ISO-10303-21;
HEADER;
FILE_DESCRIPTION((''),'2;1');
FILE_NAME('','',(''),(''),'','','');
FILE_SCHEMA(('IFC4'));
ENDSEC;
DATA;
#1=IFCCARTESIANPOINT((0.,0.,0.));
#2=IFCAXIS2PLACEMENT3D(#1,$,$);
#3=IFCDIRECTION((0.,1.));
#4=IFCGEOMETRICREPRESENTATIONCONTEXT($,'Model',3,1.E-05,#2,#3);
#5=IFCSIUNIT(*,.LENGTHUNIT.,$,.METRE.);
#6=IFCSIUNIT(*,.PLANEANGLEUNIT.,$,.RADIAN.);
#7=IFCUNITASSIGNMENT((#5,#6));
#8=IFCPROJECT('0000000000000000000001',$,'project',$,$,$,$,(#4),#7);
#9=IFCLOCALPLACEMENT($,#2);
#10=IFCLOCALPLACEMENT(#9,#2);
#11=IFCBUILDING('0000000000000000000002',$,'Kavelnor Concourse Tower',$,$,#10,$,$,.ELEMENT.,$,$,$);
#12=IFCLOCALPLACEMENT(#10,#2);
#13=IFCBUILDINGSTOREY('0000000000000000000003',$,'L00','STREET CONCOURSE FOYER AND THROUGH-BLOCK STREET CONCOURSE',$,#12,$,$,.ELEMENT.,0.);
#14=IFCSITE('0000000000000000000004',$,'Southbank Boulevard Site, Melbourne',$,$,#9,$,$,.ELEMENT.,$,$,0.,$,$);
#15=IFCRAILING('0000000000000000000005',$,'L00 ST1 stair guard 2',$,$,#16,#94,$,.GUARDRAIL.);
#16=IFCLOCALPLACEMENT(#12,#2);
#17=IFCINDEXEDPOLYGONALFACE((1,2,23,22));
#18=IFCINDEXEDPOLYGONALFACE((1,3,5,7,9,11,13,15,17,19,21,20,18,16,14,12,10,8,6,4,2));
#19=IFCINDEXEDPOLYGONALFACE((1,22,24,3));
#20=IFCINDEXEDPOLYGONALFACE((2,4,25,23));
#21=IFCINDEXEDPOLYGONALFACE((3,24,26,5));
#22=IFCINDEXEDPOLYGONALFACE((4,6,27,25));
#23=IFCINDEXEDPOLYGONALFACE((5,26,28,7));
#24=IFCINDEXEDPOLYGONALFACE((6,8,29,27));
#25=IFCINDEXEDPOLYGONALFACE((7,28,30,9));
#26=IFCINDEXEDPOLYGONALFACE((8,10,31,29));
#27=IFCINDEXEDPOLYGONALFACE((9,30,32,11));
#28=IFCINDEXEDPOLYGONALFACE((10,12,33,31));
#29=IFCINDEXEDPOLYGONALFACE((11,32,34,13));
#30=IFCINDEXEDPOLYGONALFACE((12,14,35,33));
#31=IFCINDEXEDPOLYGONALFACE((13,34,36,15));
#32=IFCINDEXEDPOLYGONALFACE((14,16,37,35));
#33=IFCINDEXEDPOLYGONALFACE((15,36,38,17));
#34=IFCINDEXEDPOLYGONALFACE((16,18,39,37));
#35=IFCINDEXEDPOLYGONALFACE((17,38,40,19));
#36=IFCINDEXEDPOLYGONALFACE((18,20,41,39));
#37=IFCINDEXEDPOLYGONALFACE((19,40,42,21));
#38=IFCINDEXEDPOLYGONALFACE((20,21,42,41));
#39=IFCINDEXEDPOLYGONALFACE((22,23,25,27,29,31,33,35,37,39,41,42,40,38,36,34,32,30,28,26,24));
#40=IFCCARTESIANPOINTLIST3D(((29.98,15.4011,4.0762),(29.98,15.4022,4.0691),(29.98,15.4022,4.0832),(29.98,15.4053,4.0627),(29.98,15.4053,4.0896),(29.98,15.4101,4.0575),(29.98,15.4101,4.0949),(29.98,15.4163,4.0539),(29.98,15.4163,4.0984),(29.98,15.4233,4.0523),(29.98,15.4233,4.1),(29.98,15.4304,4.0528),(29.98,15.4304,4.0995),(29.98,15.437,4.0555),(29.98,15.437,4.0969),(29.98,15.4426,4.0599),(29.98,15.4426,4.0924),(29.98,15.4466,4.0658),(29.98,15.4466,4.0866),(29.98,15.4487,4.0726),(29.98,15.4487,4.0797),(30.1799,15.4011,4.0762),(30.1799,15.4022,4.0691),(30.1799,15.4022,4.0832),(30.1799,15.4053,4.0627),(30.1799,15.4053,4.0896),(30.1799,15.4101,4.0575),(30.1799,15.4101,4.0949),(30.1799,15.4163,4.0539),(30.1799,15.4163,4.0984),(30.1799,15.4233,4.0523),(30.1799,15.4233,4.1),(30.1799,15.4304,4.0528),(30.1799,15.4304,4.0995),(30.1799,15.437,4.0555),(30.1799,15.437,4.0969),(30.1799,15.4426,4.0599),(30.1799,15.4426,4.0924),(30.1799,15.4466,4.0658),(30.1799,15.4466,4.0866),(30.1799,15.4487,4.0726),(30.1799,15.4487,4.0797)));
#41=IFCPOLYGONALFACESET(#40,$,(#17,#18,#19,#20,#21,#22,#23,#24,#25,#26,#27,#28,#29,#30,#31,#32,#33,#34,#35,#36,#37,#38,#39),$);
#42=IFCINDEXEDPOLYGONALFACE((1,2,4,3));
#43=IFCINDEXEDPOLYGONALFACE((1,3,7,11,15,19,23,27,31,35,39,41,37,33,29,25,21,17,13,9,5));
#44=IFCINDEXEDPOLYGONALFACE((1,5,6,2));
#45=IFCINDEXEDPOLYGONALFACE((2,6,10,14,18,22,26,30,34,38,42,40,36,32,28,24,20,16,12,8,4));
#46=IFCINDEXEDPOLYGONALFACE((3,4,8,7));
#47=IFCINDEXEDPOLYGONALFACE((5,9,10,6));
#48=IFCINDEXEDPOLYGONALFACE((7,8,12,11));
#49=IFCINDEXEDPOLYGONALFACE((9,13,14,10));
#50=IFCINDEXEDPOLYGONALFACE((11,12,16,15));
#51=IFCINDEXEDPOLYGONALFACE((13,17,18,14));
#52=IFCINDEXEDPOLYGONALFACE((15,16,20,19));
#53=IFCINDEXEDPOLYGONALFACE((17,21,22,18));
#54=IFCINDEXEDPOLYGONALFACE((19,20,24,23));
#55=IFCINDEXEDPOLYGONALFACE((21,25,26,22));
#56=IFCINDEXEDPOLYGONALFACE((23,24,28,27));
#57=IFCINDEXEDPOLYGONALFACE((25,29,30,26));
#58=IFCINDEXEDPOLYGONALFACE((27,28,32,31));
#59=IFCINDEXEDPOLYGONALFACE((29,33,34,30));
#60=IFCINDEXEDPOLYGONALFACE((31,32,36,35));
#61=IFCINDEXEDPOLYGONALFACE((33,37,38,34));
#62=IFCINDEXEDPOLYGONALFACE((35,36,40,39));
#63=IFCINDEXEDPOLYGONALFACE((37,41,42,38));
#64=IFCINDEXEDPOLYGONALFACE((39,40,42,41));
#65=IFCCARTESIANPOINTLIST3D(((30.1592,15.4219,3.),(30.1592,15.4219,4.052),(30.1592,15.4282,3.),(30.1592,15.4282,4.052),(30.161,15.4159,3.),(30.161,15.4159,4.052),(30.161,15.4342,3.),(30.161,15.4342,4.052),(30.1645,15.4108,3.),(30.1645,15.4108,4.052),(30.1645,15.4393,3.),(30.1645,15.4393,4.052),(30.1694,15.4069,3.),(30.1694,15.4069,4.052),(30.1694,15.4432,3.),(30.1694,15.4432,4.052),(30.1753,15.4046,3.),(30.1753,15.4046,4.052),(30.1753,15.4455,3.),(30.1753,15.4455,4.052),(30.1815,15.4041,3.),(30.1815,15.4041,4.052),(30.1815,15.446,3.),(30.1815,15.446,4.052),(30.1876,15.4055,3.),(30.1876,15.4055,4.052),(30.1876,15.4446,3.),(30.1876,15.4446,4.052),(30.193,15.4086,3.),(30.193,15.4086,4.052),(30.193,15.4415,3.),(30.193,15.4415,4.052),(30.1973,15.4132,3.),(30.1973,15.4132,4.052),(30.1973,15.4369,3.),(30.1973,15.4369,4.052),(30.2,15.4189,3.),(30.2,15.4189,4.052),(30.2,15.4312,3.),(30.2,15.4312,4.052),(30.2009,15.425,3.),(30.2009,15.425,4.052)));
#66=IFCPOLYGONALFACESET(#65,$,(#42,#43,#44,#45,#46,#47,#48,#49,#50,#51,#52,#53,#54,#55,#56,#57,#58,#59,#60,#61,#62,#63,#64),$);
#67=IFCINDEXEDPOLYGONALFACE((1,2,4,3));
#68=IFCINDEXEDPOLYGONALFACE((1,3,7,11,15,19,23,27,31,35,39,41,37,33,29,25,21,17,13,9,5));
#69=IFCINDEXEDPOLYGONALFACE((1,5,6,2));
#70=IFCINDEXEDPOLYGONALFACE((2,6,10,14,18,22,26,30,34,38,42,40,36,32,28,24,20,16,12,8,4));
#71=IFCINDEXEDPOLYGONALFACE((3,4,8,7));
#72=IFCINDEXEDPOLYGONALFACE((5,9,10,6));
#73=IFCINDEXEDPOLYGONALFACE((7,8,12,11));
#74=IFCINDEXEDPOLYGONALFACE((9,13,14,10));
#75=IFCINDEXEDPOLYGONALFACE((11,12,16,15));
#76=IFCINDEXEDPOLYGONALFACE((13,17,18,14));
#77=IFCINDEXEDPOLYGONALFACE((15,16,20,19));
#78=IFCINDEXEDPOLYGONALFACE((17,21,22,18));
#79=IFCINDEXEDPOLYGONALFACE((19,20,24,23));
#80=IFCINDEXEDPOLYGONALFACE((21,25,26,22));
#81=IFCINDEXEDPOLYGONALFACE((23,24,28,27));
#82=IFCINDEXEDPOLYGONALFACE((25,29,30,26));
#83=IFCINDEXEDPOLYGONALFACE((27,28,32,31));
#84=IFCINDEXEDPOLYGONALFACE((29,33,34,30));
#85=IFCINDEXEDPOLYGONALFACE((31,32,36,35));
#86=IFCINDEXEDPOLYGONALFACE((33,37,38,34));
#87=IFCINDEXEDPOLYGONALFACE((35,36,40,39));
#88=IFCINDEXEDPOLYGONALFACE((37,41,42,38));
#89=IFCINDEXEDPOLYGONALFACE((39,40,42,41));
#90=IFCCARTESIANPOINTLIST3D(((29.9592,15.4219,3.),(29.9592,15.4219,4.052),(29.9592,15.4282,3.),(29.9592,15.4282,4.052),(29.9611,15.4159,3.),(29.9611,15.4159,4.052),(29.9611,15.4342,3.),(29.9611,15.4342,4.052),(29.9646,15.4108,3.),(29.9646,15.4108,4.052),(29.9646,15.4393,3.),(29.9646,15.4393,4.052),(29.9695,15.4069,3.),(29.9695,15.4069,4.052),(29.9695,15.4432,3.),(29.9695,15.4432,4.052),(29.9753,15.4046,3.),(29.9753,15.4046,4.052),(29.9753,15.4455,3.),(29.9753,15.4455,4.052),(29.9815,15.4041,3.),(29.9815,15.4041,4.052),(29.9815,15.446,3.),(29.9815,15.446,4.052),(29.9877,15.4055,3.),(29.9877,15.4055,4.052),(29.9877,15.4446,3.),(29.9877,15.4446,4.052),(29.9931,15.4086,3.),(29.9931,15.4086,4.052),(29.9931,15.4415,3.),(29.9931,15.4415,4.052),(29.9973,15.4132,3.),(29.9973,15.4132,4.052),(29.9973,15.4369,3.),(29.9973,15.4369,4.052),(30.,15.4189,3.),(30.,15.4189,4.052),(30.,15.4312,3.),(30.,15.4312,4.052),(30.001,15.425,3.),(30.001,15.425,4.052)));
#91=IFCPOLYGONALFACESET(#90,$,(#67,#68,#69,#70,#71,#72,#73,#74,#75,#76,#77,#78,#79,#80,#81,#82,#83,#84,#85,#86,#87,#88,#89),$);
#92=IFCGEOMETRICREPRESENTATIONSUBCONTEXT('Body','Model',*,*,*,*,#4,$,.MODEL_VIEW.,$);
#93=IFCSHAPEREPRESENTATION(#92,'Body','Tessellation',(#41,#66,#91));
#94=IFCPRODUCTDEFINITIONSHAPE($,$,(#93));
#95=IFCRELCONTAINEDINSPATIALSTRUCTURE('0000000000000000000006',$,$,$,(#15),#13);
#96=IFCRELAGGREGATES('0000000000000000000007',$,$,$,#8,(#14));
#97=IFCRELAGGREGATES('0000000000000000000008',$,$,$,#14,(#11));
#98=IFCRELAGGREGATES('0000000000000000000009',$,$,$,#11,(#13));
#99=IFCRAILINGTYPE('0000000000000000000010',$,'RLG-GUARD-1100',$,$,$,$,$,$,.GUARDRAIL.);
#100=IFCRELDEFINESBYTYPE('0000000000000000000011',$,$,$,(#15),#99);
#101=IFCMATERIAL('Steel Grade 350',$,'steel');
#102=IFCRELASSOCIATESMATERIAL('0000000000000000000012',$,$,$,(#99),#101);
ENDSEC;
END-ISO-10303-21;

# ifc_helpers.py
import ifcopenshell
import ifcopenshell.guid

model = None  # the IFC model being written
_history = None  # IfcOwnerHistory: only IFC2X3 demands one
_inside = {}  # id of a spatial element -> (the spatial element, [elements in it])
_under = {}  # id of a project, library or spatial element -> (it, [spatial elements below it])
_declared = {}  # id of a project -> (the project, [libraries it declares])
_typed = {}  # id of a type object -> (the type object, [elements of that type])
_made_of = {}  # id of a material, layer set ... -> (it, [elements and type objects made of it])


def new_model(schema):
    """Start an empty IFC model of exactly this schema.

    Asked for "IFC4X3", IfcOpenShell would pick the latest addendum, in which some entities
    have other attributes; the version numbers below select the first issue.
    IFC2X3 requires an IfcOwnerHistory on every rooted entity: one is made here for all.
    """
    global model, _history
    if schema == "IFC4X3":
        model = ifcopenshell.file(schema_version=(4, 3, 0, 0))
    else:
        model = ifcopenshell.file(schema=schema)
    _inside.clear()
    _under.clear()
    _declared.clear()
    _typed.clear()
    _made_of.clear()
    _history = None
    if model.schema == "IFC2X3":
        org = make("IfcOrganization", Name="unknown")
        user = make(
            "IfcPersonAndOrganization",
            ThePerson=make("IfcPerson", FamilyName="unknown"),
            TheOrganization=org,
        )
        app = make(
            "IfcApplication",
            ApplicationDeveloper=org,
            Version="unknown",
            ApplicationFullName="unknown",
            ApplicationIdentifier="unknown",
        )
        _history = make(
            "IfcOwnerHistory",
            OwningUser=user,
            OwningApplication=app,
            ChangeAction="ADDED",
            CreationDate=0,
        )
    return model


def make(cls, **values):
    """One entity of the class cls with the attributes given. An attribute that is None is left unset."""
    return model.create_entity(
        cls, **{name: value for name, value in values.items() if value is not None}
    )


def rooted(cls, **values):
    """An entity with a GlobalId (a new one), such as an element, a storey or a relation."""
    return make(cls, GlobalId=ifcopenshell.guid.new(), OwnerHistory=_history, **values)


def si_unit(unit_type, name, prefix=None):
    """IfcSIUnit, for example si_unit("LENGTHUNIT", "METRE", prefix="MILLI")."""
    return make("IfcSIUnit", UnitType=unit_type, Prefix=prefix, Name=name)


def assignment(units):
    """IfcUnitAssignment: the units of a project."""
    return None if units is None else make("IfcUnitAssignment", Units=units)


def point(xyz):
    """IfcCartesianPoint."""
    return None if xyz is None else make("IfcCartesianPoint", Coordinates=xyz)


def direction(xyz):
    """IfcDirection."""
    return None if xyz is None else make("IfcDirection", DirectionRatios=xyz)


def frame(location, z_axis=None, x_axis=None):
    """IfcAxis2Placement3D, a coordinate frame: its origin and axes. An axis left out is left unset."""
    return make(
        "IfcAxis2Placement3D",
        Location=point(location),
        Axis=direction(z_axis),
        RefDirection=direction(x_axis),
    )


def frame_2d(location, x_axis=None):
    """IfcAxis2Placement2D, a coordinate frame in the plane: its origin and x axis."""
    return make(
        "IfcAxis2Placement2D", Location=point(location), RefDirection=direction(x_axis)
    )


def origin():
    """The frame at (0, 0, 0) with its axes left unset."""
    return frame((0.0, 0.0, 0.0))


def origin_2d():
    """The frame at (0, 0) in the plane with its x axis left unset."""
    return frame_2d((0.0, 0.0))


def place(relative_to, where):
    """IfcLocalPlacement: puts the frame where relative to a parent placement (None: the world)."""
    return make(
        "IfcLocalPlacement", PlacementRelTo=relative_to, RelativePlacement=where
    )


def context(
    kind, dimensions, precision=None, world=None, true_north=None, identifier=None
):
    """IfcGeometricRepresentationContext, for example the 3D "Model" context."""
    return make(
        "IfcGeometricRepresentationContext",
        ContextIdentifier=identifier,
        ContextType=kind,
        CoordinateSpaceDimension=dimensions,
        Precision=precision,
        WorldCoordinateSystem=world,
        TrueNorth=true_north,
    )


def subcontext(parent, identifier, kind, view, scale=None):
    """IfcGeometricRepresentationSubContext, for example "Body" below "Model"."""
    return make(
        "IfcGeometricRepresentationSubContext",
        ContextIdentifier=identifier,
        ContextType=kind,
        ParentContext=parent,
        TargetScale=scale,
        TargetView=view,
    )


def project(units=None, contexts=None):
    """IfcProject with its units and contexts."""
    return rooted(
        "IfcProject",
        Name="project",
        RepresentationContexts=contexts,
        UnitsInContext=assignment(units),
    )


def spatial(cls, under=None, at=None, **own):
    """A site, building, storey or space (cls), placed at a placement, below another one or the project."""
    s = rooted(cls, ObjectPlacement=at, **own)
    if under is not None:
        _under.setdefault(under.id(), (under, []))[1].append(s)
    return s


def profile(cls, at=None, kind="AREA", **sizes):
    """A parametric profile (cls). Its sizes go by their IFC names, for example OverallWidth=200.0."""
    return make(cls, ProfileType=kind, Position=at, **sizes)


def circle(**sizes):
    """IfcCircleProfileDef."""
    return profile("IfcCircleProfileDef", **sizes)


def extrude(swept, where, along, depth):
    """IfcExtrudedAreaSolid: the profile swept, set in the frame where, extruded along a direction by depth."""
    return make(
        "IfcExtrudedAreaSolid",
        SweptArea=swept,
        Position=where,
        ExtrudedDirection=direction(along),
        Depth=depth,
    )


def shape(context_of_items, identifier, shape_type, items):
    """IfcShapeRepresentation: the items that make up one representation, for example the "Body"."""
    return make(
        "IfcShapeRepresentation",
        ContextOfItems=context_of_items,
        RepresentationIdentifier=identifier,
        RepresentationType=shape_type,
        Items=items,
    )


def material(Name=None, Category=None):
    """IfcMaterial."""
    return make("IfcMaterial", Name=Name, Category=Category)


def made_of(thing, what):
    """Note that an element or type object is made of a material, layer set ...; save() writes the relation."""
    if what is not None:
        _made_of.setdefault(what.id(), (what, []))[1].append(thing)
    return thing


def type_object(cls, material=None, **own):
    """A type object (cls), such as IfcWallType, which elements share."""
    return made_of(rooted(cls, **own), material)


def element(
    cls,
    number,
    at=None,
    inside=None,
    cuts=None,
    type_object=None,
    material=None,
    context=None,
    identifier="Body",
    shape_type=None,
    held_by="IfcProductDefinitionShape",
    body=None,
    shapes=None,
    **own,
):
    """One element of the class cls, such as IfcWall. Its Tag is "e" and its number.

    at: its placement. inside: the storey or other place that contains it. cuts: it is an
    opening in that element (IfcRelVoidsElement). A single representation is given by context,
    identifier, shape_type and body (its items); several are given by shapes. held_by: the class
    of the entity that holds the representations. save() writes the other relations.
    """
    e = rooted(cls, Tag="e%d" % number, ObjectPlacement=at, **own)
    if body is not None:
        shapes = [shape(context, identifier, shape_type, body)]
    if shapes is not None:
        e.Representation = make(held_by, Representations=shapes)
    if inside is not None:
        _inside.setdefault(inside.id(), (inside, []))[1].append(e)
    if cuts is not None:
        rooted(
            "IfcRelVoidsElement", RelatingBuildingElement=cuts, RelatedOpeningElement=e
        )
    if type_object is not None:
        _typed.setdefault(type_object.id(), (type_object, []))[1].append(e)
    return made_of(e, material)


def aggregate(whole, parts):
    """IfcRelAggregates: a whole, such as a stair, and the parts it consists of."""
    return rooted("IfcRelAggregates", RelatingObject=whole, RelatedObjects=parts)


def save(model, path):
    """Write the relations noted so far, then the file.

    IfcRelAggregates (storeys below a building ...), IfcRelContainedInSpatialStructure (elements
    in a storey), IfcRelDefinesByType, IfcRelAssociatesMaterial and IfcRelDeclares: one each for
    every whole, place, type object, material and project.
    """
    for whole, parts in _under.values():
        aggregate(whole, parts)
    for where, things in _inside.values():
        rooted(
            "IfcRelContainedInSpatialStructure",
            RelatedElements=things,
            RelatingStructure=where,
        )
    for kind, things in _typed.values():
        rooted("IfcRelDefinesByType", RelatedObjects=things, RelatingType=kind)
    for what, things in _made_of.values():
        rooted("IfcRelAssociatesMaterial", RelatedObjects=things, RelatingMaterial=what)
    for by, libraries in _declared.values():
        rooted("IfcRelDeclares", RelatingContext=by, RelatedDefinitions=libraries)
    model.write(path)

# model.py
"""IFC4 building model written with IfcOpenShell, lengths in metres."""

from ifc_helpers import new_model, si_unit, direction, frame, origin, origin_2d, place, context, subcontext, project, spatial, circle, extrude, material, type_object, element, save


model = new_model("IFC4")

# Units and contexts
model_context = context("Model", 3, precision=1e-05, world=origin(), true_north=direction((0.0, 1.0)))
body_context = subcontext(model_context, "Body", "Model", "MODEL_VIEW")
ifc_project = project(units=[si_unit("LENGTHUNIT", "METRE"), si_unit("PLANEANGLEUNIT", "RADIAN")], contexts=[model_context])

# Site, building, storey
site_placement = place(None, origin())
site = spatial("IfcSite", under=ifc_project, at=site_placement, Name="Southbank Boulevard Site, Melbourne", CompositionType="ELEMENT", RefElevation=0.0)
building_placement = place(site_placement, origin())
building = spatial("IfcBuilding", under=site, at=building_placement, Name="Kavelnor Concourse Tower", CompositionType="ELEMENT")
storey_placement = place(building_placement, origin())
storey = spatial("IfcBuildingStorey", under=building, at=storey_placement, Name="L00", Description="STREET CONCOURSE FOYER AND THROUGH-BLOCK STREET CONCOURSE", CompositionType="ELEMENT", Elevation=0.0)

# Shared definitions
ifc_material_1 = material(Name="Steel Grade 350", Category="steel")

# Railing
railing_type_1 = type_object("IfcRailingType", Name="RLG-GUARD-1100", PredefinedType="GUARDRAIL", material=ifc_material_1)
railing_1_placement = place(storey_placement, frame((30.1799, 15.425, 3.0)))
element("IfcRailing", 1, at=railing_1_placement, inside=storey, type_object=railing_type_1, Name="L00 ST1 stair guard 2", PredefinedType="GUARDRAIL", context=body_context, shape_type="SweptSolid", body=[
    extrude(circle(Radius=0.0239, at=origin_2d()), frame((0.0, 0.0, 1.0762), z_axis=(-1.0, 0.0, 0.0), x_axis=(0.0, -1.0, 0.0)), (0.0, 0.0, 1.0), 0.2),
    extrude(circle(Radius=0.021, at=origin_2d()), origin(), (0.0, 0.0, 1.0), 1.052),
    extrude(circle(Radius=0.021, at=origin_2d()), frame((-0.2, 0.0, 0.0)), (0.0, 0.0, 1.0), 1.052),
])

save(model, "model.ifc")
